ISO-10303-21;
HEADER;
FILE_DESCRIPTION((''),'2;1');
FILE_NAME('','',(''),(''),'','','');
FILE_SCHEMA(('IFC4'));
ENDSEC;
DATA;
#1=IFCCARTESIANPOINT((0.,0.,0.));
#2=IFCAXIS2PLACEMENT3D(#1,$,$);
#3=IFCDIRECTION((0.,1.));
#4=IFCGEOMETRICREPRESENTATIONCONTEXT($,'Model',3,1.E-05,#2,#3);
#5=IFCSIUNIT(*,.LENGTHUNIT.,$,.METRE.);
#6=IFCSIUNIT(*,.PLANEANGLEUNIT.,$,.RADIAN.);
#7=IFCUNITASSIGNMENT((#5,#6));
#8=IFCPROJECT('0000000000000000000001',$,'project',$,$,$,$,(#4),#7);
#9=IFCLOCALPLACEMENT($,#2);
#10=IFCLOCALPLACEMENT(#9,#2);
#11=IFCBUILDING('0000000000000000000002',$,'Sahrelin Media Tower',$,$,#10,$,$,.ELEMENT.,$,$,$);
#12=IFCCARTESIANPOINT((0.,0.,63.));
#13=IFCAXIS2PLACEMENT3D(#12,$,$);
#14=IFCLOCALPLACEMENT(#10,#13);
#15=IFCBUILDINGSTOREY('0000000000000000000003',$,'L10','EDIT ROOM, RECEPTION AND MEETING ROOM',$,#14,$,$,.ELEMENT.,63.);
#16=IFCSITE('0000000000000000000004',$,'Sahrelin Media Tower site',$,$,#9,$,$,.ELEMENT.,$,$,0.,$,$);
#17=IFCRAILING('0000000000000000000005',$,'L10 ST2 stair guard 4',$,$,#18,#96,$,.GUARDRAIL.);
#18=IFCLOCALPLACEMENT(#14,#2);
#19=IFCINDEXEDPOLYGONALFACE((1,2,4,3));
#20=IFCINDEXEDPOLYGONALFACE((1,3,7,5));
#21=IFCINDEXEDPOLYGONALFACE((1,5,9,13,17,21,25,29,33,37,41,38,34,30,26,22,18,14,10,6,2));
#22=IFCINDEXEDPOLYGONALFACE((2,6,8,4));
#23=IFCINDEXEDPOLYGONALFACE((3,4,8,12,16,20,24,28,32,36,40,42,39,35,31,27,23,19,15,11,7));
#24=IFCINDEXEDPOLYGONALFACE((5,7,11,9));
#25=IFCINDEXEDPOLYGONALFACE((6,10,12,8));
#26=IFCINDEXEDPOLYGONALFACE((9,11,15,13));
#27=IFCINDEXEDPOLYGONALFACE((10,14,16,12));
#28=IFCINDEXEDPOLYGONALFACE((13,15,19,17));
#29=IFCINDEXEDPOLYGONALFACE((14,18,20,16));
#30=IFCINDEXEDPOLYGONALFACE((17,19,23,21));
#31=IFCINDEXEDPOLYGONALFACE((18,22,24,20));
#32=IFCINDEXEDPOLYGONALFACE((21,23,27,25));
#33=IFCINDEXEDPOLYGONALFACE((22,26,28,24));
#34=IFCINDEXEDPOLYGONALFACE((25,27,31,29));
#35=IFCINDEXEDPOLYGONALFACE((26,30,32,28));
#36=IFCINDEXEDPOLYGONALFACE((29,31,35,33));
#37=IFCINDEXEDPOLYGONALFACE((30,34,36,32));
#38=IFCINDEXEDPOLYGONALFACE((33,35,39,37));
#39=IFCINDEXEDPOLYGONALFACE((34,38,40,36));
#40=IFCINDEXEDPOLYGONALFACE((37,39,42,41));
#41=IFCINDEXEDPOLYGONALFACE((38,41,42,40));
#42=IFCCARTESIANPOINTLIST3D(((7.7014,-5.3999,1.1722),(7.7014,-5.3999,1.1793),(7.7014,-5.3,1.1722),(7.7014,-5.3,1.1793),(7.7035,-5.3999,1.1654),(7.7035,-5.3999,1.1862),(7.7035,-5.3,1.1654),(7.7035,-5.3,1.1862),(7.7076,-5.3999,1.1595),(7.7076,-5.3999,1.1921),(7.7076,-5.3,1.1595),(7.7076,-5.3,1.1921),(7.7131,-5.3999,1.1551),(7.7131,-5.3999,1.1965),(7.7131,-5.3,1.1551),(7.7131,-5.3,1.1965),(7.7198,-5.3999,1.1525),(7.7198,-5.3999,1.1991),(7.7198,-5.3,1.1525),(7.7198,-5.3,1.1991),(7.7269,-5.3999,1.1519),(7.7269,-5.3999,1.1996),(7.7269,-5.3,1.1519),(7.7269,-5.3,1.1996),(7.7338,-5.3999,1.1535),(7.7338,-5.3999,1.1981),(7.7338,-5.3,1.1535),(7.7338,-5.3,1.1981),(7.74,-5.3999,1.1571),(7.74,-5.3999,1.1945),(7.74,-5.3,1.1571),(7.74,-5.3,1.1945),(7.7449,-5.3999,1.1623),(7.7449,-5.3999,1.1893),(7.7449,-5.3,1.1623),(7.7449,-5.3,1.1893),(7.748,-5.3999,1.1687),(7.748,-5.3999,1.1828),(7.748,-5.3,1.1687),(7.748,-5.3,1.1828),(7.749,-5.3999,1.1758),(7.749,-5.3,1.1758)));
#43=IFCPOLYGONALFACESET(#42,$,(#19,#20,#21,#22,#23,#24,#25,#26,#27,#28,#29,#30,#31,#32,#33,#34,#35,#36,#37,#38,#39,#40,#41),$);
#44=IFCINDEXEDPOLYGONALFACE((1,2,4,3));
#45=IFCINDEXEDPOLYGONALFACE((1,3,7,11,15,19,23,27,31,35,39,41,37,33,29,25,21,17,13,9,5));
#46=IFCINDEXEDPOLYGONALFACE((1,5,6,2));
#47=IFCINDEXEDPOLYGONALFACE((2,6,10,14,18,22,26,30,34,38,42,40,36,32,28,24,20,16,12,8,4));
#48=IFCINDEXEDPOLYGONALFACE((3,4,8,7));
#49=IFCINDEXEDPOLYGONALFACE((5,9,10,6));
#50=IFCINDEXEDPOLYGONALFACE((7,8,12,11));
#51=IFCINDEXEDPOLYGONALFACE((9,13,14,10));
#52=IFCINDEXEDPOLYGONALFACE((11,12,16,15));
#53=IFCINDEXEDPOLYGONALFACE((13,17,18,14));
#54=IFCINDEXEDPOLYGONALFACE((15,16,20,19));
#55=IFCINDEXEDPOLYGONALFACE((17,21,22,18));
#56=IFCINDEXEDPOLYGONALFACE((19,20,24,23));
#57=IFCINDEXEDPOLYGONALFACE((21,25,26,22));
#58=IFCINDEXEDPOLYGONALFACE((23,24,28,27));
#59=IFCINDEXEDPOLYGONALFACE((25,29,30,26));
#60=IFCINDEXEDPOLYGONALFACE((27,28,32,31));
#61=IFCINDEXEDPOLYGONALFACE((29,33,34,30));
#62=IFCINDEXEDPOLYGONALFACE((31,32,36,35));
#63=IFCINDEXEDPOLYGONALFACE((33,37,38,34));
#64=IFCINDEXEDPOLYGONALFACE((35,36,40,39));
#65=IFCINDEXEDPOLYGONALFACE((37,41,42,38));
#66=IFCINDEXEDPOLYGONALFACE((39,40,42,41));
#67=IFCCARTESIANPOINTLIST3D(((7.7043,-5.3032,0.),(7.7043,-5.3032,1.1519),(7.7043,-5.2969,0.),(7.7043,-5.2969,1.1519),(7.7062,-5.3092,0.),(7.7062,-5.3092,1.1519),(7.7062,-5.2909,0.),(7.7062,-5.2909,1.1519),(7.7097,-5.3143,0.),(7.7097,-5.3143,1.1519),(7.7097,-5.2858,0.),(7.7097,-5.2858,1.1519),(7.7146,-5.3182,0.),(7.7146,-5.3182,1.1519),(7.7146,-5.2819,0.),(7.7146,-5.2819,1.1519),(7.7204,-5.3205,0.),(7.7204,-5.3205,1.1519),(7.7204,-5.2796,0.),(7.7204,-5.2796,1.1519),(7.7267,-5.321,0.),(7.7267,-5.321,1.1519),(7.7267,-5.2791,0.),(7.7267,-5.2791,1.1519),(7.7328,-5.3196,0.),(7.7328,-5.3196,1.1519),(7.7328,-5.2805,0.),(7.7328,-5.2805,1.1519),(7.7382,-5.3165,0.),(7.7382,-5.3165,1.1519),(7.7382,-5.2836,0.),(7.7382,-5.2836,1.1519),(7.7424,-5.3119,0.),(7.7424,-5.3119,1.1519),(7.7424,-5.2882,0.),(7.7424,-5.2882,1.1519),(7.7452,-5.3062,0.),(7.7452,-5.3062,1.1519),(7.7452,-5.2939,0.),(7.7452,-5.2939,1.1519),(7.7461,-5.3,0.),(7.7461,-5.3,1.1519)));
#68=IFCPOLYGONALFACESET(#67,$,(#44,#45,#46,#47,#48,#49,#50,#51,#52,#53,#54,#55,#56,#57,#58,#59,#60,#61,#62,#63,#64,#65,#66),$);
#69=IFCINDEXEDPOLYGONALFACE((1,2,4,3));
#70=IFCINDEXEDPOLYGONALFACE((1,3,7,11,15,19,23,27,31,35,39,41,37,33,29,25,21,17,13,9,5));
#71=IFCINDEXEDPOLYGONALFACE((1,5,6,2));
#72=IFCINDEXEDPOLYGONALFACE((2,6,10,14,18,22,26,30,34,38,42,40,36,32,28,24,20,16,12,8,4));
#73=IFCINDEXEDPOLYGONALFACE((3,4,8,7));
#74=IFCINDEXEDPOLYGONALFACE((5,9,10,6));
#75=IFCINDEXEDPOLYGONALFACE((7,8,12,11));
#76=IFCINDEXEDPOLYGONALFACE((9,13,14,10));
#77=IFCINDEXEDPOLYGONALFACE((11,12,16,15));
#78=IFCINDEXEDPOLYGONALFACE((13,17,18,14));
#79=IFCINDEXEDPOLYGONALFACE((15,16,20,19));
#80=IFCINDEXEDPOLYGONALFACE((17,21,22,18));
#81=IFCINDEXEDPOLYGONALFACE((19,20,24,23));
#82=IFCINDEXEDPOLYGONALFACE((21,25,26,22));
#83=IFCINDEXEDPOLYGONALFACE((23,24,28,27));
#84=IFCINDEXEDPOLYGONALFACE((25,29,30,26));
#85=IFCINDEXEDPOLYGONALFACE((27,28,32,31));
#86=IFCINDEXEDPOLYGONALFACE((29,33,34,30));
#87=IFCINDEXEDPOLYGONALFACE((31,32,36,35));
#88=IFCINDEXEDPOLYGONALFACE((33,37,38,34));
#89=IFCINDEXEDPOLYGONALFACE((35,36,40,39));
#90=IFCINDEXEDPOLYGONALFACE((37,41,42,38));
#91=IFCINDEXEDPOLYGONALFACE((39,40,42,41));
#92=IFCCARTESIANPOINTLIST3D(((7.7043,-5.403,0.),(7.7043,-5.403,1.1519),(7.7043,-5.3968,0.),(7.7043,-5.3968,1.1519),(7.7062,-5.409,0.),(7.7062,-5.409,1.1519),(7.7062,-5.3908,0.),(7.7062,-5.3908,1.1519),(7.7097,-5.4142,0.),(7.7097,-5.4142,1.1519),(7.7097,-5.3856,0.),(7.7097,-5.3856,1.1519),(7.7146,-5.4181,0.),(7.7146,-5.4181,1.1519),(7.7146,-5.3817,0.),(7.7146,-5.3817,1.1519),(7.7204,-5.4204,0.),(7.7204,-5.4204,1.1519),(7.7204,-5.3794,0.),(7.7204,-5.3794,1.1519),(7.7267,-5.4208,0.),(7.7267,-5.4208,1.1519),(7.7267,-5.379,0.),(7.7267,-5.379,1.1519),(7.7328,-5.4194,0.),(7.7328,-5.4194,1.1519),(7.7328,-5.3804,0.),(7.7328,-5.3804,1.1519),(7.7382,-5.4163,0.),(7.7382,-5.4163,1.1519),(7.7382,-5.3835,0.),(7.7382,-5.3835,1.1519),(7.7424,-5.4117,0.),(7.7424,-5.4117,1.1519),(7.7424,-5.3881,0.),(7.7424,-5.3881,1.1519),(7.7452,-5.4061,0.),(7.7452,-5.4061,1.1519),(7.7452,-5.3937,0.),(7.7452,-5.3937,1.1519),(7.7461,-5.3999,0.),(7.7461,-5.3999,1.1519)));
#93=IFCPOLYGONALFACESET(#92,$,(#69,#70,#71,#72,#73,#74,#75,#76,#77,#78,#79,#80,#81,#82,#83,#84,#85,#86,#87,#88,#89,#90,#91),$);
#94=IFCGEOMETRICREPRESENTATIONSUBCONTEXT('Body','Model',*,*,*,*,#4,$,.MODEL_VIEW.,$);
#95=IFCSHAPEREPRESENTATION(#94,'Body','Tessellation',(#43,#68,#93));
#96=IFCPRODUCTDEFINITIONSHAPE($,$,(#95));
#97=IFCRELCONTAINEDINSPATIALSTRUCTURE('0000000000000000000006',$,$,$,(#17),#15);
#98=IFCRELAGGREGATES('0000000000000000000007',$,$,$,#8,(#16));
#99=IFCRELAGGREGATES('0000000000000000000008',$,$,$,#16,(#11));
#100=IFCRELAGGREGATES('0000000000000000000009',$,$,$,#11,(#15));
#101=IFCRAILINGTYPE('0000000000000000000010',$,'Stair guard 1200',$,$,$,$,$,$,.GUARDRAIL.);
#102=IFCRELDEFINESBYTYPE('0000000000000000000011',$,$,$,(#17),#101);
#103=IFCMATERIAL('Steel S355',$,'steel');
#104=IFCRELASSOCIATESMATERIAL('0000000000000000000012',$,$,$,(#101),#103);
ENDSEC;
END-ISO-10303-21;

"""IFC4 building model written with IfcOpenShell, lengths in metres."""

from ifc_helpers import new_model, si_unit, direction, frame, origin, origin_2d, place, context, subcontext, project, spatial, circle, extrude, material, type_object, element, save


model = new_model("IFC4")

# Units and contexts
model_context = context("Model", 3, precision=1e-05, world=origin(), true_north=direction((0.0, 1.0)))
body_context = subcontext(model_context, "Body", "Model", "MODEL_VIEW")
ifc_project = project(units=[si_unit("LENGTHUNIT", "METRE"), si_unit("PLANEANGLEUNIT", "RADIAN")], contexts=[model_context])

# Site, building, storey
site_placement = place(None, origin())
site = spatial("IfcSite", under=ifc_project, at=site_placement, Name="Sahrelin Media Tower site", CompositionType="ELEMENT", RefElevation=0.0)
building_placement = place(site_placement, origin())
building = spatial("IfcBuilding", under=site, at=building_placement, Name="Sahrelin Media Tower", CompositionType="ELEMENT")
storey_placement = place(building_placement, frame((0.0, 0.0, 63.0)))
storey = spatial("IfcBuildingStorey", under=building, at=storey_placement, Name="L10", Description="EDIT ROOM, RECEPTION AND MEETING ROOM", CompositionType="ELEMENT", Elevation=63.0)

# Shared definitions
ifc_material_1 = material(Name="Steel S355", Category="steel")

# Railing
railing_type_1 = type_object("IfcRailingType", Name="Stair guard 1200", PredefinedType="GUARDRAIL", material=ifc_material_1)
railing_1_placement = place(storey_placement, frame((7.7251, -5.3, 0.0)))
element("IfcRailing", 1, at=railing_1_placement, inside=storey, type_object=railing_type_1, Name="L10 ST2 stair guard 4", PredefinedType="GUARDRAIL", context=body_context, shape_type="SweptSolid", body=[
    extrude(circle(Radius=0.0239, at=origin_2d()), frame((0.0, 0.0, 1.1758), z_axis=(0.0, -1.0, 0.0), x_axis=(1.0, 0.0, 0.0)), (0.0, 0.0, 1.0), 0.0999),
    extrude(circle(Radius=0.021, at=origin_2d()), origin(), (0.0, 0.0, 1.0), 1.1519),
    extrude(circle(Radius=0.021, at=origin_2d()), frame((0.0, -0.0999, 0.0)), (0.0, 0.0, 1.0), 1.1519),
])

save(model, "model.ifc")
